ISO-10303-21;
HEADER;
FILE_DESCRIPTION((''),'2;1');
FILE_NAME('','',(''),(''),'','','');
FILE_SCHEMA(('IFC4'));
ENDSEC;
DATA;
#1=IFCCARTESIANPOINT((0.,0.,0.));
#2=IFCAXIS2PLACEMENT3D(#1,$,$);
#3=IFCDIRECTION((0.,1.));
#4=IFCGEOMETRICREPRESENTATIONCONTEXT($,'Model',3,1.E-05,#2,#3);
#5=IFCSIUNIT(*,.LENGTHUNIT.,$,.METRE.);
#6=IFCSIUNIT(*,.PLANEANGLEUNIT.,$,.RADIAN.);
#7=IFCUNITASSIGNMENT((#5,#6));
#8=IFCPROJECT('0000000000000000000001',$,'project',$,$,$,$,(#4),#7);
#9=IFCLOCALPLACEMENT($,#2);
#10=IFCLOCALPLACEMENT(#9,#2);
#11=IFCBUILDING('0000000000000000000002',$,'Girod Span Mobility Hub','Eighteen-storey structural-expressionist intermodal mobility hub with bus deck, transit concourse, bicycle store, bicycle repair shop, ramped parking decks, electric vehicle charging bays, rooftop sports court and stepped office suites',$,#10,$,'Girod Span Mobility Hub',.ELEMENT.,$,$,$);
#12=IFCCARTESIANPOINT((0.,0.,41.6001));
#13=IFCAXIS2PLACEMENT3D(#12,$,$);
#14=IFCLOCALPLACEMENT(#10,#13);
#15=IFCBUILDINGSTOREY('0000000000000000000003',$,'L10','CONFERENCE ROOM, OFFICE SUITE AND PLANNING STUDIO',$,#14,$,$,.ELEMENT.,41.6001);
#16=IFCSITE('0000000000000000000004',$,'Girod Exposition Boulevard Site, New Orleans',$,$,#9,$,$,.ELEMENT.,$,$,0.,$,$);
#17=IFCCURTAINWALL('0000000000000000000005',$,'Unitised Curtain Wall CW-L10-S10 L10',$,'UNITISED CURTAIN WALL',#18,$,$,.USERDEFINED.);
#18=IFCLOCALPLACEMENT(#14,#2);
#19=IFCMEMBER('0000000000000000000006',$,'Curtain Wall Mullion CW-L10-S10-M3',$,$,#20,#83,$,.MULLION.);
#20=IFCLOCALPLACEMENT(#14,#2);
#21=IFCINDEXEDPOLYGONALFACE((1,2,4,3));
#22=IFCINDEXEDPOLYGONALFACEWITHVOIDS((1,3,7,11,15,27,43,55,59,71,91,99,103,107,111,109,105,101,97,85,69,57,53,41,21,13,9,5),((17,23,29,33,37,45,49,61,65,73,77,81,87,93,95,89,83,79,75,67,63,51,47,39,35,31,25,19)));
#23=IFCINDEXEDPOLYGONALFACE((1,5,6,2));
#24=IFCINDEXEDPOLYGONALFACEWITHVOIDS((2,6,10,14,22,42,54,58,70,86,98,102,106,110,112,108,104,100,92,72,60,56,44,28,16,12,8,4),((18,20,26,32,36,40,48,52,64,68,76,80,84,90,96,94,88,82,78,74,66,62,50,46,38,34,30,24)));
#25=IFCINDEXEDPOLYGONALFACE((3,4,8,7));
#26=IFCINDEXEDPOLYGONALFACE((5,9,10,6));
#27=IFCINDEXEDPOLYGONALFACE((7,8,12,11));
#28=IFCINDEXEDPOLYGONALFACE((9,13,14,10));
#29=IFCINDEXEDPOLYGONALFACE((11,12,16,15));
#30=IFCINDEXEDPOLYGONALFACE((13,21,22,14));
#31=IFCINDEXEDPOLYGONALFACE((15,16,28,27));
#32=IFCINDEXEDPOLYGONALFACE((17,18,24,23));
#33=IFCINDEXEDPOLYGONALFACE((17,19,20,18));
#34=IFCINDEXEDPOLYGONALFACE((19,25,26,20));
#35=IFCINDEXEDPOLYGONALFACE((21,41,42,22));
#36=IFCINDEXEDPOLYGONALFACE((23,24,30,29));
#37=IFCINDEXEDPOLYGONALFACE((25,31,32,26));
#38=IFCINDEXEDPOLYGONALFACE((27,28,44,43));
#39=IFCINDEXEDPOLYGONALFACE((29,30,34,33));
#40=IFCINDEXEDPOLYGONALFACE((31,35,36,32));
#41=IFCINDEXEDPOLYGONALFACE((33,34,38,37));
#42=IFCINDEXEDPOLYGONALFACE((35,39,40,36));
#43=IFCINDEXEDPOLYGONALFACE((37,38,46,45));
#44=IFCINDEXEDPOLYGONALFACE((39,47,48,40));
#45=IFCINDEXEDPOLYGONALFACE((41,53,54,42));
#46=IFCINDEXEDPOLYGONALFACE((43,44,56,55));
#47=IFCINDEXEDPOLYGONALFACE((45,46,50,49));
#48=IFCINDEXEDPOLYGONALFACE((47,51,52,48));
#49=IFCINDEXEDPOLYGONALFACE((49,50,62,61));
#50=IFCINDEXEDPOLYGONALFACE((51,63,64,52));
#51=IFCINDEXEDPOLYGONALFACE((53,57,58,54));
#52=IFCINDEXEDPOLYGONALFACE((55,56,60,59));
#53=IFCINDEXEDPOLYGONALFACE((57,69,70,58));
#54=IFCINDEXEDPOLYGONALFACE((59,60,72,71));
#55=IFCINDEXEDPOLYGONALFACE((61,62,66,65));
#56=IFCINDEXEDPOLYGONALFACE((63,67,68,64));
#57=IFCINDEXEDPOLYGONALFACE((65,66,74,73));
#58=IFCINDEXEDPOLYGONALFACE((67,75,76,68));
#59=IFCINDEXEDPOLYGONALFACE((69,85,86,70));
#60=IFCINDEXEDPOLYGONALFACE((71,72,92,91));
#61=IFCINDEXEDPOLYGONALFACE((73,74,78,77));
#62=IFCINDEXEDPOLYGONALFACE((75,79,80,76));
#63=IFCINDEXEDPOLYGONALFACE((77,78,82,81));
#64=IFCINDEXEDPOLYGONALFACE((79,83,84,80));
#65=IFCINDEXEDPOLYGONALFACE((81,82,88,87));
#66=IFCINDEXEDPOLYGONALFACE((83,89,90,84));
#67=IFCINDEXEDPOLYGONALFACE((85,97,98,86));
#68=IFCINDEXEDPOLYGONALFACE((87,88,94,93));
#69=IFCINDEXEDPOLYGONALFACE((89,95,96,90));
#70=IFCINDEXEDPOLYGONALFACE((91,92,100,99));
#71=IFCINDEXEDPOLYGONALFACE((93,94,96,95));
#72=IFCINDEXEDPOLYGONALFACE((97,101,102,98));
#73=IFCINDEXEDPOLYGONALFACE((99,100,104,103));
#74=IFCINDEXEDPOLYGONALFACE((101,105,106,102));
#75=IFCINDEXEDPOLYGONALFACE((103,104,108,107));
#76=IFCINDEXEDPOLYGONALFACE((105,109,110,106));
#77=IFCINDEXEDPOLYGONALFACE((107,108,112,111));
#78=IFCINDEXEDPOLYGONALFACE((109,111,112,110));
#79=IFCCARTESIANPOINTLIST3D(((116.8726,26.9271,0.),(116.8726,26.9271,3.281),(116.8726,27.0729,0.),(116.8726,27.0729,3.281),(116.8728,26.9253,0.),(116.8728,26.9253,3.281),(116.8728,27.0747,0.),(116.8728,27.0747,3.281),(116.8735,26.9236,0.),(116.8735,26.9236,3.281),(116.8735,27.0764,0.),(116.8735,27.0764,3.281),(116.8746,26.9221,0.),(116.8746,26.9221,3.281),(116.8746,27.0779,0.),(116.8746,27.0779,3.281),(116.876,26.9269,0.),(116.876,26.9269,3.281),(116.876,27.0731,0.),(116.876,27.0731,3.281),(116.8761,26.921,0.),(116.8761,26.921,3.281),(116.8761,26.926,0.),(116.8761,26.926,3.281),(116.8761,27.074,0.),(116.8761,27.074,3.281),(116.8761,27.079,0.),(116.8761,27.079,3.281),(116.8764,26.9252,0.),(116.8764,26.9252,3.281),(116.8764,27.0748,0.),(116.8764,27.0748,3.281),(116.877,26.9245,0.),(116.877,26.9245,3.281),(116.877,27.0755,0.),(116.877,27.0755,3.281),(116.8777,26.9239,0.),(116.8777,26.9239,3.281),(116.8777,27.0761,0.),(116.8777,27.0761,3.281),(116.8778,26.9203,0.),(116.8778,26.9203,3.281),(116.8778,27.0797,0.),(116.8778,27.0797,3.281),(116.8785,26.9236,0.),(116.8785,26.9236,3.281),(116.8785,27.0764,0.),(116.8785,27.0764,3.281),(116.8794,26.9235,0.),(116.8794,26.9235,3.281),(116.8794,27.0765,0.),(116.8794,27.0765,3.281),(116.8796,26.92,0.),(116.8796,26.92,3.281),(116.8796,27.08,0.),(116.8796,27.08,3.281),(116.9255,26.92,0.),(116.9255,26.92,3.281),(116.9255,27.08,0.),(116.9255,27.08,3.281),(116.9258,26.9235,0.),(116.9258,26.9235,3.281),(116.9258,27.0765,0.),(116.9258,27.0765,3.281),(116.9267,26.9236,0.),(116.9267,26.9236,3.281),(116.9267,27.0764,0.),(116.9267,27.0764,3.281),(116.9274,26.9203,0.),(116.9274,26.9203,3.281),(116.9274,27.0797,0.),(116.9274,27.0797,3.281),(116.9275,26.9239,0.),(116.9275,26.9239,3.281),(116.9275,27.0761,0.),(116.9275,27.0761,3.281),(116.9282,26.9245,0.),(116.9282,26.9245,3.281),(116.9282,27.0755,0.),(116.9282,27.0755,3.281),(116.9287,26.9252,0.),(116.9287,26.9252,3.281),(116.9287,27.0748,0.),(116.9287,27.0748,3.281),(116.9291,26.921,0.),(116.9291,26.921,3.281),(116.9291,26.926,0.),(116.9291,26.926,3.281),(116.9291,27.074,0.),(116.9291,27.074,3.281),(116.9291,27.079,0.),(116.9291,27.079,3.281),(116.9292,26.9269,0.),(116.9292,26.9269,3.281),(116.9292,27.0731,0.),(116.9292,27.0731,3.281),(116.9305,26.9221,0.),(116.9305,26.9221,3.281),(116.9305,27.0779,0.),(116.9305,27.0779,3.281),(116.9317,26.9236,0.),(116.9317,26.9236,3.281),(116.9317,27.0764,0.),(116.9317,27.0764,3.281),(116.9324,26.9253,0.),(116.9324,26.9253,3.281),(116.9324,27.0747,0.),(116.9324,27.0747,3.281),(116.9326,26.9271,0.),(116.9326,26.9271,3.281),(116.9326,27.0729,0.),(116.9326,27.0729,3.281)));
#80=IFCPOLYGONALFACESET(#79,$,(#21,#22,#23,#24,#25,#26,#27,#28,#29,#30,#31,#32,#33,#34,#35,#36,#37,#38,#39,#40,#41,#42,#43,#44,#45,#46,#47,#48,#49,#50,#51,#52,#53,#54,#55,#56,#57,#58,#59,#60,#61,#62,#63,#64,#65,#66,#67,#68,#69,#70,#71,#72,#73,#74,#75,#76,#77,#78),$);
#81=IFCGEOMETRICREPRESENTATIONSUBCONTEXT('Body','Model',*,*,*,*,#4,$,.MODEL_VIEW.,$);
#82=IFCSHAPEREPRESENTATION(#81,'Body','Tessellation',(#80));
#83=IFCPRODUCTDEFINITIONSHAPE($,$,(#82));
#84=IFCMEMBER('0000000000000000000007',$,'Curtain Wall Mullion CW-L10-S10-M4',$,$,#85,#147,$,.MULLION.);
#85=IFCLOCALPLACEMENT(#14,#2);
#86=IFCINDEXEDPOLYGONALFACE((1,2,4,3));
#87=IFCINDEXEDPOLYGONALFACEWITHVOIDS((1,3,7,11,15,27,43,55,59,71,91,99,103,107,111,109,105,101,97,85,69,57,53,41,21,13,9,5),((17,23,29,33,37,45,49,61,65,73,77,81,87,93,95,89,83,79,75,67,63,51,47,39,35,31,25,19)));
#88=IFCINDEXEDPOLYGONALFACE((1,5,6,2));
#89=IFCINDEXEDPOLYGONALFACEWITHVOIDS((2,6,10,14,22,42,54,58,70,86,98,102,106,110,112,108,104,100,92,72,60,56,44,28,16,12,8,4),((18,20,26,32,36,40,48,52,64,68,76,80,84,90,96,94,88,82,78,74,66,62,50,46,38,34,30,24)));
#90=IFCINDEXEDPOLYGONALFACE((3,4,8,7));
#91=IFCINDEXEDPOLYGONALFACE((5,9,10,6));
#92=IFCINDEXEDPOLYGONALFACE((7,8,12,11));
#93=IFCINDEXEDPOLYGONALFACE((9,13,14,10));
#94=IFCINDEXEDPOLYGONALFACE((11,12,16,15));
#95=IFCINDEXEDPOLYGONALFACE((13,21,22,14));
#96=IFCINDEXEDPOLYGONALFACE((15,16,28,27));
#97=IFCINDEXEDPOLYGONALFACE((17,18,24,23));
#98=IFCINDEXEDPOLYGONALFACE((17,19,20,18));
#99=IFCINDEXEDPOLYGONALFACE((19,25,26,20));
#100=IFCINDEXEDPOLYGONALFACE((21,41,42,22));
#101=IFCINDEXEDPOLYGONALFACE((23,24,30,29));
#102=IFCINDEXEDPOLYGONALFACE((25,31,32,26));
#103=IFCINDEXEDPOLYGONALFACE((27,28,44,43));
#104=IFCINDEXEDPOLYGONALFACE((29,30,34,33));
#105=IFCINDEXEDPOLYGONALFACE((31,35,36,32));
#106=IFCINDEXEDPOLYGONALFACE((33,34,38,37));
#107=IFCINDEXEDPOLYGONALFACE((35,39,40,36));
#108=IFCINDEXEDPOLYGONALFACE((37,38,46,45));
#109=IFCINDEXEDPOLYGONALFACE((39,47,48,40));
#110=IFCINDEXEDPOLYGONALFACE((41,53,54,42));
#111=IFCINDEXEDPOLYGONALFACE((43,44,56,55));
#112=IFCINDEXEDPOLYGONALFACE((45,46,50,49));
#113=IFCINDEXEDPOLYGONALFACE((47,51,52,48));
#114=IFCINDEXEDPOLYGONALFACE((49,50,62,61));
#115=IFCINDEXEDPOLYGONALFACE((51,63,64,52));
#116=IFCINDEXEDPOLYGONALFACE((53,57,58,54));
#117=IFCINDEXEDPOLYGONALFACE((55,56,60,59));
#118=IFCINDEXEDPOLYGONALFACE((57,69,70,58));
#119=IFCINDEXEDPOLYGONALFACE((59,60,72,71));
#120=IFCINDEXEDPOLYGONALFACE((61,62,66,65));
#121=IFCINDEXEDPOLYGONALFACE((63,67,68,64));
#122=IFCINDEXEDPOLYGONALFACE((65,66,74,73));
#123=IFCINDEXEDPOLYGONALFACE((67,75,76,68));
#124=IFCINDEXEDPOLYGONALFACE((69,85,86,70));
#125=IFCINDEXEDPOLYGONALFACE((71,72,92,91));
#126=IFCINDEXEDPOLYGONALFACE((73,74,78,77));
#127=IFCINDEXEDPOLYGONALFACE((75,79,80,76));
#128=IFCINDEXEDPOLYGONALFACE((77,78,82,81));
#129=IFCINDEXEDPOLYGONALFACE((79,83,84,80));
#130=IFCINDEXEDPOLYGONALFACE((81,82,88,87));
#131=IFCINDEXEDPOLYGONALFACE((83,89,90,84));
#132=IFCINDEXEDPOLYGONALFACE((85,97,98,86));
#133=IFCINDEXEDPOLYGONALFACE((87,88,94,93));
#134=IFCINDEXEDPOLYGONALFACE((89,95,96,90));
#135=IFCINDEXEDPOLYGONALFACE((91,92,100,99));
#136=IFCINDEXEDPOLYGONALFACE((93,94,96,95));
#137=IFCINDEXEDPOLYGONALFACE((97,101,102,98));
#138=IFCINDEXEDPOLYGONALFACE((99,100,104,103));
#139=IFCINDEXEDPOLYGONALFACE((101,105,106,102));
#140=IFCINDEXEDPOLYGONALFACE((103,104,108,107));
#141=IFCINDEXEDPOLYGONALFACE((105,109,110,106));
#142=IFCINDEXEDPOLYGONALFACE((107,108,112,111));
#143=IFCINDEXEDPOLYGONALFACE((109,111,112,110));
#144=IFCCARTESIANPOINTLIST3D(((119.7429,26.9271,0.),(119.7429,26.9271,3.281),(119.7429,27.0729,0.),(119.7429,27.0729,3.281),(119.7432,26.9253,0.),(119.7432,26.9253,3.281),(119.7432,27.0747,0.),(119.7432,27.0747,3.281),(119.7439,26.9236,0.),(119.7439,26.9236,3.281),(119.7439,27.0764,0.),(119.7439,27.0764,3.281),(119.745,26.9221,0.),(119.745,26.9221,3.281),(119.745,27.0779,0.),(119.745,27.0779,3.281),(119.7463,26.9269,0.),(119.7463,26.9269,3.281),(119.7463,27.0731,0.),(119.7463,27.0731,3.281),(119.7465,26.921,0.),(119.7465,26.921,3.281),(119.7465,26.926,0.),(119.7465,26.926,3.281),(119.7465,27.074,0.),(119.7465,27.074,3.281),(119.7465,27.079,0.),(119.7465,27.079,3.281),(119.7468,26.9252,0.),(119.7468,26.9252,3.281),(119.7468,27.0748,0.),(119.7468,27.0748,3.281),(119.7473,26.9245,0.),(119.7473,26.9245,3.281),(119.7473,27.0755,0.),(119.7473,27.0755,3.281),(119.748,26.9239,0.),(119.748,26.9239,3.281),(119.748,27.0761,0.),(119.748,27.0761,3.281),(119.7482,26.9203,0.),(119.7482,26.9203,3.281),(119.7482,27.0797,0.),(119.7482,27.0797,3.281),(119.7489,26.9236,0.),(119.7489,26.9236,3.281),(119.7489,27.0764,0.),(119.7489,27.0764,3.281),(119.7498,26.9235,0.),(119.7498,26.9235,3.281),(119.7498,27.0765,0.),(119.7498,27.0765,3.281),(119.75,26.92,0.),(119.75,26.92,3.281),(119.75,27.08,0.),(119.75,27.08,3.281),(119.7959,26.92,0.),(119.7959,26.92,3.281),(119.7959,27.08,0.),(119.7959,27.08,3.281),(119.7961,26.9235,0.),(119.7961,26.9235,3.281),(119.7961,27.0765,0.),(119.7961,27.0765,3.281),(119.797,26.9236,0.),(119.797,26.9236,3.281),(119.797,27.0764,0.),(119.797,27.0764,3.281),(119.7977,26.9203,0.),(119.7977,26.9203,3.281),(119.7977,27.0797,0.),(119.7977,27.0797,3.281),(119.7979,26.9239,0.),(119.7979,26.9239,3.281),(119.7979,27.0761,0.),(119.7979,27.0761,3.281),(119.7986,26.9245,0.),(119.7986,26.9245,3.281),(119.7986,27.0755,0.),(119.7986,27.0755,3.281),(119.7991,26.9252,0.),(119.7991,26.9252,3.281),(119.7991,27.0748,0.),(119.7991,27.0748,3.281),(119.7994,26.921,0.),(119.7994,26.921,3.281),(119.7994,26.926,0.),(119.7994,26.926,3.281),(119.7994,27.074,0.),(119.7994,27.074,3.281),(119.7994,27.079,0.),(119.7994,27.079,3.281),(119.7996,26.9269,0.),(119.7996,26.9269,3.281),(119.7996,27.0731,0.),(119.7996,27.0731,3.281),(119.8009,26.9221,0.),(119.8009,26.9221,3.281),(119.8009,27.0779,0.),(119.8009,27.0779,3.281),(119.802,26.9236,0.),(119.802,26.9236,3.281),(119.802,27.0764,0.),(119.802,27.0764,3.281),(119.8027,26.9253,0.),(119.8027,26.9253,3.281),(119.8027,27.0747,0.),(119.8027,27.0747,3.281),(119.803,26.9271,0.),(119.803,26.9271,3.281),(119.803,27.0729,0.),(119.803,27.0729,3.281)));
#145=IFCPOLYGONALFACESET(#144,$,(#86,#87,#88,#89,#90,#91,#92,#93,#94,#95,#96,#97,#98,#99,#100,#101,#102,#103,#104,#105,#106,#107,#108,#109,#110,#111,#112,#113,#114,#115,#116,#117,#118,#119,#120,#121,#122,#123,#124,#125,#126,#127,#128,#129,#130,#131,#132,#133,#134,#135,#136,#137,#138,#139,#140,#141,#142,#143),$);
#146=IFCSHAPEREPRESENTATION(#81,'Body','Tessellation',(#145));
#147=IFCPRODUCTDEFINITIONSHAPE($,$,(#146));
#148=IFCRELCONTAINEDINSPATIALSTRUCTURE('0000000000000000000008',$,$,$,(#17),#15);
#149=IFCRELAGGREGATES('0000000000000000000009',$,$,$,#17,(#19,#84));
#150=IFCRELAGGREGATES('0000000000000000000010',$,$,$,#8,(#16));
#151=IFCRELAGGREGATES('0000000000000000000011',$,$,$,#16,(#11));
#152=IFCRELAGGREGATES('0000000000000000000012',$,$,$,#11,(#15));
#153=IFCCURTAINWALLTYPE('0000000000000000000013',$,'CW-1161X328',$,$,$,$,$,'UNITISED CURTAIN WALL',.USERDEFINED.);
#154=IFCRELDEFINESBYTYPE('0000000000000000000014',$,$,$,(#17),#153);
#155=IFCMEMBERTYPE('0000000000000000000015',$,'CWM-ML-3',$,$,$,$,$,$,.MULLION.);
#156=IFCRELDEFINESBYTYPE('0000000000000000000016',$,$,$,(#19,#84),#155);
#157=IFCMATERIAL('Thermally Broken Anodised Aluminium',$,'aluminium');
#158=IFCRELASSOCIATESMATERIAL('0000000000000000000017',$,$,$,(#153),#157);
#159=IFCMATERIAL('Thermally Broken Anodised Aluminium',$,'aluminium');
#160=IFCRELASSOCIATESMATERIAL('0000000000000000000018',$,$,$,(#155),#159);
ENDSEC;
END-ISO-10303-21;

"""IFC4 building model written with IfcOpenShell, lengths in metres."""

from ifc_helpers import new_model, si_unit, direction, frame, origin, origin_2d, place, context, subcontext, project, spatial, hollow_rectangle, extrude, material, material_profile, profile_set, type_object, element, aggregate, save


model = new_model("IFC4")

# Units and contexts
model_context = context("Model", 3, precision=1e-05, world=origin(), true_north=direction((0.0, 1.0)))
body_context = subcontext(model_context, "Body", "Model", "MODEL_VIEW")
ifc_project = project(units=[si_unit("LENGTHUNIT", "METRE"), si_unit("PLANEANGLEUNIT", "RADIAN")], contexts=[model_context])

# Site, building, storey
site_placement = place(None, origin())
site = spatial("IfcSite", under=ifc_project, at=site_placement, Name="Girod Exposition Boulevard Site, New Orleans", CompositionType="ELEMENT", RefElevation=0.0)
building_placement = place(site_placement, origin())
building = spatial("IfcBuilding", under=site, at=building_placement, Name="Girod Span Mobility Hub", Description="Eighteen-storey structural-expressionist intermodal mobility hub with bus deck, transit concourse, bicycle store, bicycle repair shop, ramped parking decks, electric vehicle charging bays, rooftop sports court and stepped office suites", LongName="Girod Span Mobility Hub", CompositionType="ELEMENT")
storey_placement = place(building_placement, frame((0.0, 0.0, 41.6001)))
storey = spatial("IfcBuildingStorey", under=building, at=storey_placement, Name="L10", Description="CONFERENCE ROOM, OFFICE SUITE AND PLANNING STUDIO", CompositionType="ELEMENT", Elevation=41.6001)

# Curtain wall, members
ifc_material_1 = material(Name="Thermally Broken Anodised Aluminium", Category="aluminium")
curtain_wall_type = type_object("IfcCurtainWallType", Name="CW-1161X328", ElementType="UNITISED CURTAIN WALL", PredefinedType="USERDEFINED", material=ifc_material_1)
curtain_wall_1_placement = place(storey_placement, origin())
curtain_wall_1 = element("IfcCurtainWall", 1, at=curtain_wall_1_placement, inside=storey, type_object=curtain_wall_type, Name="Unitised Curtain Wall CW-L10-S10 L10", ObjectType="UNITISED CURTAIN WALL", PredefinedType="USERDEFINED")
ifc_material_2 = material(Name="Thermally Broken Anodised Aluminium", Category="aluminium")
ifc_material_profile_1 = material_profile(ifc_material_2, hollow_rectangle(XDim=0.1599, YDim=0.0601, WallThickness=0.0034, InnerFilletRadius=0.0034, OuterFilletRadius=0.0071, at=origin_2d()), Name="CW-ML-60X160")
ifc_profile_set_1 = profile_set([ifc_material_profile_1], Name="Thermally Broken Anodised Aluminium")
member_type_1 = type_object("IfcMemberType", Name="CWM-ML-3", PredefinedType="MULLION", material=ifc_profile_set_1)
member_1_placement = place(storey_placement, frame((116.9026, 27.0, 0.0), z_axis=(0.0, 0.0, 1.0), x_axis=(0.0, 1.0, 0.0)))
member_1 = element("IfcMember", 2, at=member_1_placement, type_object=member_type_1, Name="Curtain Wall Mullion CW-L10-S10-M3", PredefinedType="MULLION", context=body_context, shape_type="SweptSolid", body=[
    extrude(hollow_rectangle(XDim=0.1599, YDim=0.0601, WallThickness=0.0034, InnerFilletRadius=0.0034, OuterFilletRadius=0.0071, at=origin_2d()), origin(), (0.0, 0.0, 1.0), 3.281),
])
member_2_placement = place(storey_placement, frame((119.7729, 27.0, 0.0), z_axis=(0.0, 0.0, 1.0), x_axis=(0.0, 1.0, 0.0)))
member_2 = element("IfcMember", 3, at=member_2_placement, type_object=member_type_1, Name="Curtain Wall Mullion CW-L10-S10-M4", PredefinedType="MULLION", context=body_context, shape_type="SweptSolid", body=[
    extrude(hollow_rectangle(XDim=0.1599, YDim=0.0601, WallThickness=0.0034, InnerFilletRadius=0.0034, OuterFilletRadius=0.0071, at=origin_2d()), origin(), (0.0, 0.0, 1.0), 3.281),
])

aggregate(curtain_wall_1, [member_1, member_2])

save(model, "model.ifc")
